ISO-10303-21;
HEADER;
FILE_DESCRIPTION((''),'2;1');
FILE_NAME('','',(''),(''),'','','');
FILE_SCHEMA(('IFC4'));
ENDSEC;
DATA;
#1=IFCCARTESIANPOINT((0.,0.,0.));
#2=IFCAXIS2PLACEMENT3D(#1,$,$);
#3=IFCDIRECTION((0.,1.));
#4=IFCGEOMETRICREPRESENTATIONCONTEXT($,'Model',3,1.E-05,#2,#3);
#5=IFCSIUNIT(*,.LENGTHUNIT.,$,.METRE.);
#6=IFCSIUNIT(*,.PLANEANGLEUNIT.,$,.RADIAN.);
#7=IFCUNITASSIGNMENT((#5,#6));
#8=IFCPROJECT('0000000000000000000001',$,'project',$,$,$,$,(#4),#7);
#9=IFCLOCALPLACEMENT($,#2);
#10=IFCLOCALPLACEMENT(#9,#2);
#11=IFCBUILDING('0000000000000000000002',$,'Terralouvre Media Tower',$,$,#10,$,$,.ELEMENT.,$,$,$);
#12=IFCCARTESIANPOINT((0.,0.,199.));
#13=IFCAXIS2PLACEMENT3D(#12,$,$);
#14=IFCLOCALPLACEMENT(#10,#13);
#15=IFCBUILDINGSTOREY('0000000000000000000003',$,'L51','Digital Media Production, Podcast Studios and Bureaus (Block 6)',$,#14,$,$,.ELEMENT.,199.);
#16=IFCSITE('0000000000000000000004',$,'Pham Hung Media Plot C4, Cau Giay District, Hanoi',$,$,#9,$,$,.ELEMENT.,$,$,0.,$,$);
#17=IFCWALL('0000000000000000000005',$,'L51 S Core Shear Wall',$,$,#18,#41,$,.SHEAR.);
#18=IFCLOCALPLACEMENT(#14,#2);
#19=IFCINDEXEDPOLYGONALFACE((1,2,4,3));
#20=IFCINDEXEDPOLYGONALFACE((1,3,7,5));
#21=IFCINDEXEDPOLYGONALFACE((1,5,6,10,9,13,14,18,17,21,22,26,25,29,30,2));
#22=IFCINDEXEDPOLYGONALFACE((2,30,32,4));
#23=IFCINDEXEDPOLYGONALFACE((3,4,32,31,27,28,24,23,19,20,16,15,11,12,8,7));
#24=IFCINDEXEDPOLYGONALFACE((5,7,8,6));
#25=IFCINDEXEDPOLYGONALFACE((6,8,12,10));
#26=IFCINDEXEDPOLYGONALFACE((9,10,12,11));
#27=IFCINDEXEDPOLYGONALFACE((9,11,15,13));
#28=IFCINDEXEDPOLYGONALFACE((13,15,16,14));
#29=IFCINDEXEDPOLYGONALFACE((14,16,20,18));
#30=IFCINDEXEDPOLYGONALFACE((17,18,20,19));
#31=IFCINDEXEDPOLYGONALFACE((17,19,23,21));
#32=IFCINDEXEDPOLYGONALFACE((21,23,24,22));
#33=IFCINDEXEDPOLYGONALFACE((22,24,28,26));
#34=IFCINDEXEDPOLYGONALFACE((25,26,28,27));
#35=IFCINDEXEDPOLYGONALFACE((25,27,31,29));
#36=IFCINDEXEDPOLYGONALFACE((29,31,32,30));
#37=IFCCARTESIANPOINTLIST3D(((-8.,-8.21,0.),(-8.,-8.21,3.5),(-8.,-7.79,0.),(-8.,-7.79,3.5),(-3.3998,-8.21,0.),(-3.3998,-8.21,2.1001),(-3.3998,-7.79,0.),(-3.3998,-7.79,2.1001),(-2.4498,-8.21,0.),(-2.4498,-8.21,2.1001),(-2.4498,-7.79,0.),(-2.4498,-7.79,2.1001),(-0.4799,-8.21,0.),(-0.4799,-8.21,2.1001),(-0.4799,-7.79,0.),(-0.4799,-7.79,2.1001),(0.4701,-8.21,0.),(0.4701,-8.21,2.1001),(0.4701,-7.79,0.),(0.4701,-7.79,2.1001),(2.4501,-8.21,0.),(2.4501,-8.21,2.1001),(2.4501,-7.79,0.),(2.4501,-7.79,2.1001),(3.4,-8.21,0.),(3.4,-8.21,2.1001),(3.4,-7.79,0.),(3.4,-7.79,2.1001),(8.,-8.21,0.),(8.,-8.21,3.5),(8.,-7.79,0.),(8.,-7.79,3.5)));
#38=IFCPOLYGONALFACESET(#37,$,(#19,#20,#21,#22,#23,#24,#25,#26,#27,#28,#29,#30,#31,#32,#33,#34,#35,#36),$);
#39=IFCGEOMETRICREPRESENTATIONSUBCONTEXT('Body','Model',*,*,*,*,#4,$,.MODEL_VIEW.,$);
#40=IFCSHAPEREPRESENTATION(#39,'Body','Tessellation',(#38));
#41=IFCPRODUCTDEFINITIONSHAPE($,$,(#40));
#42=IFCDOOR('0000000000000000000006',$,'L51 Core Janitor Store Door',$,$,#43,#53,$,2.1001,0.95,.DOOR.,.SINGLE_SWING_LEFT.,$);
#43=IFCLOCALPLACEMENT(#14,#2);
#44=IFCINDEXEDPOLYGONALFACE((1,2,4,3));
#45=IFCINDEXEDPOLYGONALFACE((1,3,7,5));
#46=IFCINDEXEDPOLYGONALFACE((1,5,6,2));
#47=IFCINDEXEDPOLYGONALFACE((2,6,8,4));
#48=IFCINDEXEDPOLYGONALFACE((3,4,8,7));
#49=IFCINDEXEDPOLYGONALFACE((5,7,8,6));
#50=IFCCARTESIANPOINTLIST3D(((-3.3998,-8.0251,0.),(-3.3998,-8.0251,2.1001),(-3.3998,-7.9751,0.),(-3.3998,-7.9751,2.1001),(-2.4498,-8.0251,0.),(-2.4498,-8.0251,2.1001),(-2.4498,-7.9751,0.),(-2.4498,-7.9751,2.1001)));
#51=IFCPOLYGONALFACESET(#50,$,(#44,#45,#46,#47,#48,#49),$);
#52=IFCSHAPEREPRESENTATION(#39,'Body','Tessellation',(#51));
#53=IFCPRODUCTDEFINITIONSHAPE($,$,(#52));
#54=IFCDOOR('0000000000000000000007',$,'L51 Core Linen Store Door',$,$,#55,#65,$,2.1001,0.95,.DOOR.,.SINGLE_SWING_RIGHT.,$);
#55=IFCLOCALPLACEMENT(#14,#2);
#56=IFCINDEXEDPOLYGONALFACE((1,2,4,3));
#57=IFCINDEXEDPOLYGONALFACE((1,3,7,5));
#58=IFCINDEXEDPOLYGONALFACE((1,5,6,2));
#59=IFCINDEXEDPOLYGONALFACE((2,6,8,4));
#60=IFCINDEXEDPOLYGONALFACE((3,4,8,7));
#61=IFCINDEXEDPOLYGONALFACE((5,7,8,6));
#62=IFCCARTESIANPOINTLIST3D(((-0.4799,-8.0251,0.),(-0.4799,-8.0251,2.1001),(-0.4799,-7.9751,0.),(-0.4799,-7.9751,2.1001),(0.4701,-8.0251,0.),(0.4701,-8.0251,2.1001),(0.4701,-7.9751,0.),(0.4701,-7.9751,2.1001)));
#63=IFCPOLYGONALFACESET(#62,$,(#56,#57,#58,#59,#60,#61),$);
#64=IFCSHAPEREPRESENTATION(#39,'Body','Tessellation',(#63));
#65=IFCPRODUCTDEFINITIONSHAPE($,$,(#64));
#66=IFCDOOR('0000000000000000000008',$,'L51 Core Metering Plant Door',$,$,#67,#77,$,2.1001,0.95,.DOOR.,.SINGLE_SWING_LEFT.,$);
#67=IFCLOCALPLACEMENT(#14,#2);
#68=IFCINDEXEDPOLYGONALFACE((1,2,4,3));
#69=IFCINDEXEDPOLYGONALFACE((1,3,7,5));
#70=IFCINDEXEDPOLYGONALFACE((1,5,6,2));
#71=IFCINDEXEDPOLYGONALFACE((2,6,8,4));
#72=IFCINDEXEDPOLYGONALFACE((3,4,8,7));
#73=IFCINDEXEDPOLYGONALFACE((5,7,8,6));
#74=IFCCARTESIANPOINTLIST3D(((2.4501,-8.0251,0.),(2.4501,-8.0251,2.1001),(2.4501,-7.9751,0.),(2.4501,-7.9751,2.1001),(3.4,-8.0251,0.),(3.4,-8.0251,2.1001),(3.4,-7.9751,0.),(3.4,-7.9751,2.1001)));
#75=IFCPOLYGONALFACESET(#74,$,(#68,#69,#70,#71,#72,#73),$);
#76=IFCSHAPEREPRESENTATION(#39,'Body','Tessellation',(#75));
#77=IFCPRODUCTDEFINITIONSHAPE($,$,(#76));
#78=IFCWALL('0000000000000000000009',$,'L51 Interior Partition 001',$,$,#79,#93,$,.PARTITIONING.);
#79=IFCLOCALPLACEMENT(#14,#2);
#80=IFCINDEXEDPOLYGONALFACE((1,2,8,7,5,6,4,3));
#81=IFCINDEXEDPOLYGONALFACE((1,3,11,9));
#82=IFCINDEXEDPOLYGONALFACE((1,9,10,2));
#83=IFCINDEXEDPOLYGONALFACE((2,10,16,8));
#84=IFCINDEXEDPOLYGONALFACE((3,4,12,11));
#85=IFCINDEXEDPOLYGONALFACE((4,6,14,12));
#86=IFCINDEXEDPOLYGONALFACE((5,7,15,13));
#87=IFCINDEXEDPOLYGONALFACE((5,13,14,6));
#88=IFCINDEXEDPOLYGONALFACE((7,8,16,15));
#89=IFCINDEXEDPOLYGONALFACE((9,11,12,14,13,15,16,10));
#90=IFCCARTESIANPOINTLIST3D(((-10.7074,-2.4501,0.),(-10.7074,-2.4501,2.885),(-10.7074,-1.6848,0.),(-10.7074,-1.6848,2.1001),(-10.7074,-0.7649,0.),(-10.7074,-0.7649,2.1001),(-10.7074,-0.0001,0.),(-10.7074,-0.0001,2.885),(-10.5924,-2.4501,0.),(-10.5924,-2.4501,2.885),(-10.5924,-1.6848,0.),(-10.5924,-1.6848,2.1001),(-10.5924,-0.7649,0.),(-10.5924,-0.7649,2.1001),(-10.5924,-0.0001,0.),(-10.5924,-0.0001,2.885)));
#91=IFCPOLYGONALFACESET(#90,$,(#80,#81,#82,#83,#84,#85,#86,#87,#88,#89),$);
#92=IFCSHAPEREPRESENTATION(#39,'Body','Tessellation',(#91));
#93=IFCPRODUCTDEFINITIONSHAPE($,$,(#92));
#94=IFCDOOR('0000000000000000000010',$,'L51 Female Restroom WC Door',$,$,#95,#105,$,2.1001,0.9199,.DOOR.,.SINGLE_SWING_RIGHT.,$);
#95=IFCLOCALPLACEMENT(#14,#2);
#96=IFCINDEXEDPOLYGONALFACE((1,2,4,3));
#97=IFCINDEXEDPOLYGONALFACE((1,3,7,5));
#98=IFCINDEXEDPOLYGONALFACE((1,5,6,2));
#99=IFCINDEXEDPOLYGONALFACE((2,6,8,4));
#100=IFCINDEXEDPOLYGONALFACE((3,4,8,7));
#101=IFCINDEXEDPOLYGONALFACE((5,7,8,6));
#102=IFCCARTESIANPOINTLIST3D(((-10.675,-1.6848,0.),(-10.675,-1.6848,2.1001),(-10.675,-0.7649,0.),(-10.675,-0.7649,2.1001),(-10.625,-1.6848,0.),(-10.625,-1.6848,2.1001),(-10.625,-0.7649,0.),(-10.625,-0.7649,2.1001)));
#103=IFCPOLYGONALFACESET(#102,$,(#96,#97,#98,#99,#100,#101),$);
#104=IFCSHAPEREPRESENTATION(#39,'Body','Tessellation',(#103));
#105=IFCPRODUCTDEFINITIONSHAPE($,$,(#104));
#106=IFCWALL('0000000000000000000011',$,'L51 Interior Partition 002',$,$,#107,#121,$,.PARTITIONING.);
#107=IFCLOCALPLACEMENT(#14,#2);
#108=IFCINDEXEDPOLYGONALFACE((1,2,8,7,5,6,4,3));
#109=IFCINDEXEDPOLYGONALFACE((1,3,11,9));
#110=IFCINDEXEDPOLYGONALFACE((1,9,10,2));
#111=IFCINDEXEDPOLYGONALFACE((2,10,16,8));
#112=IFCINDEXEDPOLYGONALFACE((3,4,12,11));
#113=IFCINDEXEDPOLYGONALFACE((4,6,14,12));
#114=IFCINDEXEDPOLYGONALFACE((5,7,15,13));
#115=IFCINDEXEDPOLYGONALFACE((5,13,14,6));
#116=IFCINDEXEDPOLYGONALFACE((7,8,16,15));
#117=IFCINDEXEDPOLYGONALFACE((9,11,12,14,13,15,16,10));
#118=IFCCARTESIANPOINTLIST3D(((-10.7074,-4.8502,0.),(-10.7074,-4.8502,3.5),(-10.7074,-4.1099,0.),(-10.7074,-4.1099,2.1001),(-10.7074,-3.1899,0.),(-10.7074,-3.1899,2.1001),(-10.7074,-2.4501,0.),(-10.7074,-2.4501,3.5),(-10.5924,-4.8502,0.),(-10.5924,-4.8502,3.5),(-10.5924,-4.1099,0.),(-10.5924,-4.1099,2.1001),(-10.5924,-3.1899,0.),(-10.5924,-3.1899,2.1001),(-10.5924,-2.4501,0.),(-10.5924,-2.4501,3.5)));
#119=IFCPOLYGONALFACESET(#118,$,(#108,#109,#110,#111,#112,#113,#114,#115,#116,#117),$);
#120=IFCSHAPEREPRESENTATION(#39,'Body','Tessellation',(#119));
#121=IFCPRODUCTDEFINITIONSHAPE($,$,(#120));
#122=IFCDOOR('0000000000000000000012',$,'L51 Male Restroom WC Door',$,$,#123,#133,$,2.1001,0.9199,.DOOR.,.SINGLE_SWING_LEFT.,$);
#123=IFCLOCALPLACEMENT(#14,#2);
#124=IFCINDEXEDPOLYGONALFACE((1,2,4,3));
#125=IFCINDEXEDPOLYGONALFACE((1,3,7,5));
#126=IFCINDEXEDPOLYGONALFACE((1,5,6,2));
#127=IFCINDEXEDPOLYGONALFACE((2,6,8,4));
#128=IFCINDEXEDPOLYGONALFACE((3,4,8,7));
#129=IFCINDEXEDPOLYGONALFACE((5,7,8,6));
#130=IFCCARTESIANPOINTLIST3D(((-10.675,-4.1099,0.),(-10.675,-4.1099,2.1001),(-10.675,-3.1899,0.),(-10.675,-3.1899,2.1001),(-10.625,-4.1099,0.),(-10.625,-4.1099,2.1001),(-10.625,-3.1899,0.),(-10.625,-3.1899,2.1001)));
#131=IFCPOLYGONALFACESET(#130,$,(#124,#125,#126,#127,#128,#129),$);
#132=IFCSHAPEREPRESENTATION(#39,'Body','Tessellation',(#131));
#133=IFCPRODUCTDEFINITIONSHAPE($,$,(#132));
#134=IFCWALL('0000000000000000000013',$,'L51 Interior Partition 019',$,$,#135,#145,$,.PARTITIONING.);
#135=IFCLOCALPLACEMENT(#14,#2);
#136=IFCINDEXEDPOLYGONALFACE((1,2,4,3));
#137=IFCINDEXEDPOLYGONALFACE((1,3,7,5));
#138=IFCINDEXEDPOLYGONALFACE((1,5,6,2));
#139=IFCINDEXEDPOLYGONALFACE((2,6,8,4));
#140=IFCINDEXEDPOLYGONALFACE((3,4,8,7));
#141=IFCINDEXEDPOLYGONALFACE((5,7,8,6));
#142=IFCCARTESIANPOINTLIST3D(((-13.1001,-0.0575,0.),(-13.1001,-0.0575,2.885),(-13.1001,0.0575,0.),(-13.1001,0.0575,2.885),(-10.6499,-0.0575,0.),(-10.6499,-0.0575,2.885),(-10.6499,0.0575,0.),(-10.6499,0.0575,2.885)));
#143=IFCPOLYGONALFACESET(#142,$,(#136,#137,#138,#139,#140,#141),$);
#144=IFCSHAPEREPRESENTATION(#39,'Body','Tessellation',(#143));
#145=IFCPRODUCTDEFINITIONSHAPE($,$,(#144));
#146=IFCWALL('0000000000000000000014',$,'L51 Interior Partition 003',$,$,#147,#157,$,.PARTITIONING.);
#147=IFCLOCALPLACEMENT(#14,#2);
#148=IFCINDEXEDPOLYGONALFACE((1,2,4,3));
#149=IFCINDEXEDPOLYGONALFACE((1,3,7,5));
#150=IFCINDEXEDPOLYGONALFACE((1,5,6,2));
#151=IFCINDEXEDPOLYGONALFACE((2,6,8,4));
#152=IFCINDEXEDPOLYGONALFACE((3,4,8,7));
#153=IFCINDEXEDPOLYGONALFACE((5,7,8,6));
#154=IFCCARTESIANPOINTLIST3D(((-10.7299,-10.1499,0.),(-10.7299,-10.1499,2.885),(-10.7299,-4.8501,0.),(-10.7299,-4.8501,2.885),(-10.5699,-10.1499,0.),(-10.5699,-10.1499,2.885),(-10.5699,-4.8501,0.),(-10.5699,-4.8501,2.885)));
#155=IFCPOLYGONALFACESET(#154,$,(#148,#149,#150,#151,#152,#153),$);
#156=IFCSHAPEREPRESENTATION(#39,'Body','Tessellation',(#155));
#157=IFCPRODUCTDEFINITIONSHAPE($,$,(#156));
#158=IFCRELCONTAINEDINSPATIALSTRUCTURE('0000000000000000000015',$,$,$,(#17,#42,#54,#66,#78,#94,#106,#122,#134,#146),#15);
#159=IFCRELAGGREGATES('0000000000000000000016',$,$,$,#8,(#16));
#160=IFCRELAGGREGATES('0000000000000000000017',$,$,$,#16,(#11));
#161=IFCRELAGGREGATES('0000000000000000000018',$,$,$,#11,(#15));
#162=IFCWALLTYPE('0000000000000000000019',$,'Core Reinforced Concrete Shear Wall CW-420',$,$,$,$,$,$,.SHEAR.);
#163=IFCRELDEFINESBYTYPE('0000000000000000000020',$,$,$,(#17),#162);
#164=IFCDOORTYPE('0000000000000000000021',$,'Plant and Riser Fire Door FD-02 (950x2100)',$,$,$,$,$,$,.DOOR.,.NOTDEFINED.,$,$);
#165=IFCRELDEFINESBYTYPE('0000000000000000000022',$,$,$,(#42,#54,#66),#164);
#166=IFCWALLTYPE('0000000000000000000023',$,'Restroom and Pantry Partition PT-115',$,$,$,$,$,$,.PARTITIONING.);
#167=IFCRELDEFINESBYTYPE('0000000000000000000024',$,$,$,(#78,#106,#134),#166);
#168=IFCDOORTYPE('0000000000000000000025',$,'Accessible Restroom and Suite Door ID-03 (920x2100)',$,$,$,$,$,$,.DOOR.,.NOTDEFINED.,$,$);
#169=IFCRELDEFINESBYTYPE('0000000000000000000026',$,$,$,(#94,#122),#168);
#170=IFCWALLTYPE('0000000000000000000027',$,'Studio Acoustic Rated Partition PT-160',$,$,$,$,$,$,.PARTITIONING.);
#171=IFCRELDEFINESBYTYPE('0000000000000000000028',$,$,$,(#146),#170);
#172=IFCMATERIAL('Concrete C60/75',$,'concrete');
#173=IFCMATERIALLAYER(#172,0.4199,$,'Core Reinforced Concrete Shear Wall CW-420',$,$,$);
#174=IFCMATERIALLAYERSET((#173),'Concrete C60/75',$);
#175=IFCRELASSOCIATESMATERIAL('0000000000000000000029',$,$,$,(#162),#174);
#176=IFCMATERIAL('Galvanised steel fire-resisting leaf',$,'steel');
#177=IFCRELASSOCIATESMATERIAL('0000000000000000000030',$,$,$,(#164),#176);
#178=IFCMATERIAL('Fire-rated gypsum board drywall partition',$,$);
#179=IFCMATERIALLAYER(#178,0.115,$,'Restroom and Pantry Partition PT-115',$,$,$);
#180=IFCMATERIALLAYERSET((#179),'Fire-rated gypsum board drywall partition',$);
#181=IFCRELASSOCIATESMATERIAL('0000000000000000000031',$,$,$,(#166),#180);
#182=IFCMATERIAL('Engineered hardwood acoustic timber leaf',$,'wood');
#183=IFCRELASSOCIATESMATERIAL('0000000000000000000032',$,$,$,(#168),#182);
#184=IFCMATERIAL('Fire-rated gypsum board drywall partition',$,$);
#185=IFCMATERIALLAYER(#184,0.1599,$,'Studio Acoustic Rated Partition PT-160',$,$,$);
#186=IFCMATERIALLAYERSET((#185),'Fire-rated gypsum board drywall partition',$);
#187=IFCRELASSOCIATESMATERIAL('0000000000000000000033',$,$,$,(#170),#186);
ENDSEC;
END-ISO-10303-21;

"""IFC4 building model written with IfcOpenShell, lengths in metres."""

from ifc_helpers import new_model, si_unit, direction, frame, frame_2d, origin, place, context, subcontext, project, spatial, rectangle, extrude, material, layer, layer_set, type_object, element, fill, save


model = new_model("IFC4")

# Units and contexts
model_context = context("Model", 3, precision=1e-05, world=origin(), true_north=direction((0.0, 1.0)))
body_context = subcontext(model_context, "Body", "Model", "MODEL_VIEW")
ifc_project = project(units=[si_unit("LENGTHUNIT", "METRE"), si_unit("PLANEANGLEUNIT", "RADIAN")], contexts=[model_context])

# Site, building, storey
site_placement = place(None, origin())
site = spatial("IfcSite", under=ifc_project, at=site_placement, Name="Pham Hung Media Plot C4, Cau Giay District, Hanoi", CompositionType="ELEMENT", RefElevation=0.0)
building_placement = place(site_placement, origin())
building = spatial("IfcBuilding", under=site, at=building_placement, Name="Terralouvre Media Tower", CompositionType="ELEMENT")
storey_placement = place(building_placement, frame((0.0, 0.0, 199.0)))
storey = spatial("IfcBuildingStorey", under=building, at=storey_placement, Name="L51", Description="Digital Media Production, Podcast Studios and Bureaus (Block 6)", CompositionType="ELEMENT", Elevation=199.0)

# Wall, openings, doors
ifc_material_1 = material(Name="Concrete C60/75", Category="concrete")
ifc_layer_1 = layer(ifc_material_1, 0.4199, Name="Core Reinforced Concrete Shear Wall CW-420")
ifc_layer_set_1 = layer_set([ifc_layer_1], Name="Concrete C60/75")
wall_type_1 = type_object("IfcWallType", Name="Core Reinforced Concrete Shear Wall CW-420", PredefinedType="SHEAR", material=ifc_layer_set_1)
wall_1_placement = place(storey_placement, frame((-8.0, -8.0, 0.0), z_axis=(0.0, 0.0, 1.0), x_axis=(1.0, 0.0, 0.0)))
wall_1 = element("IfcWall", 1, at=wall_1_placement, inside=storey, type_object=wall_type_1, Name="L51 S Core Shear Wall", PredefinedType="SHEAR", context=body_context, shape_type="SweptSolid", body=[
    extrude(rectangle(XDim=16.0, YDim=0.4199, at=frame_2d((8.0, 0.0))), origin(), (0.0, 0.0, 1.0), 3.5),
])
opening_1_placement = place(wall_1_placement, frame((4.6001, 0.0, 0.0)))
opening_1 = element("IfcOpeningElement", 2, at=opening_1_placement, cuts=wall_1, PredefinedType="OPENING", context=body_context, shape_type="SweptSolid", body=[
    extrude(rectangle(XDim=0.95, YDim=2.1001, at=frame_2d((0.4751, 1.05))), frame((0.0, 0.22, 0.0), z_axis=(0.0, -1.0, 0.0), x_axis=(1.0, 0.0, 0.0)), (0.0, 0.0, 1.0), 0.4399),
])
opening_2_placement = place(wall_1_placement, frame((7.52, 0.0, 0.0)))
opening_2 = element("IfcOpeningElement", 3, at=opening_2_placement, cuts=wall_1, PredefinedType="OPENING", context=body_context, shape_type="SweptSolid", body=[
    extrude(rectangle(XDim=0.95, YDim=2.1001, at=frame_2d((0.4751, 1.05))), frame((0.0, 0.22, 0.0), z_axis=(0.0, -1.0, 0.0), x_axis=(1.0, 0.0, 0.0)), (0.0, 0.0, 1.0), 0.4399),
])
opening_3_placement = place(wall_1_placement, frame((10.45, 0.0, 0.0)))
opening_3 = element("IfcOpeningElement", 4, at=opening_3_placement, cuts=wall_1, PredefinedType="OPENING", context=body_context, shape_type="SweptSolid", body=[
    extrude(rectangle(XDim=0.95, YDim=2.1001, at=frame_2d((0.4751, 1.05))), frame((0.0, 0.22, 0.0), z_axis=(0.0, -1.0, 0.0), x_axis=(1.0, 0.0, 0.0)), (0.0, 0.0, 1.0), 0.4399),
])
ifc_material_2 = material(Name="Galvanised steel fire-resisting leaf", Category="steel")
door_type_1 = type_object("IfcDoorType", Name="Plant and Riser Fire Door FD-02 (950x2100)", OperationType="NOTDEFINED", PredefinedType="DOOR", material=ifc_material_2)
door_1_placement = place(opening_1_placement, origin())
door_1 = element("IfcDoor", 5, at=door_1_placement, inside=storey, type_object=door_type_1, Name="L51 Core Janitor Store Door", OperationType="SINGLE_SWING_LEFT", OverallHeight=2.1001, OverallWidth=0.95, PredefinedType="DOOR", context=body_context, shape_type="SweptSolid", body=[
    extrude(rectangle(XDim=0.95, YDim=2.1001, at=frame_2d((0.4751, 1.05))), frame((0.0, 0.0249, 0.0), z_axis=(0.0, -1.0, 0.0), x_axis=(1.0, 0.0, 0.0)), (0.0, 0.0, 1.0), 0.05),
])
fill(opening_1, door_1)
door_2_placement = place(opening_2_placement, origin())
door_2 = element("IfcDoor", 6, at=door_2_placement, inside=storey, type_object=door_type_1, Name="L51 Core Linen Store Door", OperationType="SINGLE_SWING_RIGHT", OverallHeight=2.1001, OverallWidth=0.95, PredefinedType="DOOR", context=body_context, shape_type="SweptSolid", body=[
    extrude(rectangle(XDim=0.95, YDim=2.1001, at=frame_2d((0.4751, 1.05))), frame((0.0, 0.0249, 0.0), z_axis=(0.0, -1.0, 0.0), x_axis=(1.0, 0.0, 0.0)), (0.0, 0.0, 1.0), 0.05),
])
fill(opening_2, door_2)
door_3_placement = place(opening_3_placement, origin())
door_3 = element("IfcDoor", 7, at=door_3_placement, inside=storey, type_object=door_type_1, Name="L51 Core Metering Plant Door", OperationType="SINGLE_SWING_LEFT", OverallHeight=2.1001, OverallWidth=0.95, PredefinedType="DOOR", context=body_context, shape_type="SweptSolid", body=[
    extrude(rectangle(XDim=0.95, YDim=2.1001, at=frame_2d((0.4751, 1.05))), frame((0.0, 0.0249, 0.0), z_axis=(0.0, -1.0, 0.0), x_axis=(1.0, 0.0, 0.0)), (0.0, 0.0, 1.0), 0.05),
])
fill(opening_3, door_3)

# Walls, openings, doors
ifc_material_3 = material(Name="Fire-rated gypsum board drywall partition")
ifc_layer_2 = layer(ifc_material_3, 0.115, Name="Restroom and Pantry Partition PT-115")
ifc_layer_set_2 = layer_set([ifc_layer_2], Name="Fire-rated gypsum board drywall partition")
wall_type_2 = type_object("IfcWallType", Name="Restroom and Pantry Partition PT-115", PredefinedType="PARTITIONING", material=ifc_layer_set_2)
wall_2_placement = place(storey_placement, frame((-10.6499, 0.0, 0.0), z_axis=(0.0, 0.0, 1.0), x_axis=(0.0, -1.0, 0.0)))
wall_2 = element("IfcWall", 8, at=wall_2_placement, inside=storey, type_object=wall_type_2, Name="L51 Interior Partition 001", PredefinedType="PARTITIONING", context=body_context, shape_type="SweptSolid", body=[
    extrude(rectangle(XDim=2.45, YDim=0.115, at=frame_2d((1.2251, 0.0))), origin(), (0.0, 0.0, 1.0), 2.885),
])
opening_4_placement = place(wall_2_placement, frame((0.7649, 0.0, 0.0)))
opening_4 = element("IfcOpeningElement", 9, at=opening_4_placement, cuts=wall_2, PredefinedType="OPENING", context=body_context, shape_type="SweptSolid", body=[
    extrude(rectangle(XDim=0.9199, YDim=2.1001, at=frame_2d((0.46, 1.05))), frame((0.0, 0.0674, 0.0), z_axis=(0.0, -1.0, 0.0), x_axis=(1.0, 0.0, 0.0)), (0.0, 0.0, 1.0), 0.135),
])
ifc_material_4 = material(Name="Engineered hardwood acoustic timber leaf", Category="wood")
door_type_2 = type_object("IfcDoorType", Name="Accessible Restroom and Suite Door ID-03 (920x2100)", OperationType="NOTDEFINED", PredefinedType="DOOR", material=ifc_material_4)
door_4_placement = place(opening_4_placement, origin())
door_4 = element("IfcDoor", 10, at=door_4_placement, inside=storey, type_object=door_type_2, Name="L51 Female Restroom WC Door", OperationType="SINGLE_SWING_RIGHT", OverallHeight=2.1001, OverallWidth=0.9199, PredefinedType="DOOR", context=body_context, shape_type="SweptSolid", body=[
    extrude(rectangle(XDim=0.9199, YDim=2.1001, at=frame_2d((0.46, 1.05))), frame((0.0, 0.0249, 0.0), z_axis=(0.0, -1.0, 0.0), x_axis=(1.0, 0.0, 0.0)), (0.0, 0.0, 1.0), 0.05),
])
fill(opening_4, door_4)
wall_3_placement = place(storey_placement, frame((-10.6499, -2.45, 0.0), z_axis=(0.0, 0.0, 1.0), x_axis=(0.0, -1.0, 0.0)))
wall_3 = element("IfcWall", 11, at=wall_3_placement, inside=storey, type_object=wall_type_2, Name="L51 Interior Partition 002", PredefinedType="PARTITIONING", context=body_context, shape_type="SweptSolid", body=[
    extrude(rectangle(XDim=2.4001, YDim=0.115, at=frame_2d((1.2002, 0.0))), origin(), (0.0, 0.0, 1.0), 3.5),
])
opening_5_placement = place(wall_3_placement, frame((0.74, 0.0, 0.0)))
opening_5 = element("IfcOpeningElement", 12, at=opening_5_placement, cuts=wall_3, PredefinedType="OPENING", context=body_context, shape_type="SweptSolid", body=[
    extrude(rectangle(XDim=0.9199, YDim=2.1001, at=frame_2d((0.46, 1.05))), frame((0.0, 0.0674, 0.0), z_axis=(0.0, -1.0, 0.0), x_axis=(1.0, 0.0, 0.0)), (0.0, 0.0, 1.0), 0.135),
])
door_5_placement = place(opening_5_placement, origin())
door_5 = element("IfcDoor", 13, at=door_5_placement, inside=storey, type_object=door_type_2, Name="L51 Male Restroom WC Door", OperationType="SINGLE_SWING_LEFT", OverallHeight=2.1001, OverallWidth=0.9199, PredefinedType="DOOR", context=body_context, shape_type="SweptSolid", body=[
    extrude(rectangle(XDim=0.9199, YDim=2.1001, at=frame_2d((0.46, 1.05))), frame((0.0, 0.0249, 0.0), z_axis=(0.0, -1.0, 0.0), x_axis=(1.0, 0.0, 0.0)), (0.0, 0.0, 1.0), 0.05),
])
fill(opening_5, door_5)

# Walls
wall_4_placement = place(storey_placement, frame((-10.6499, 0.0, 0.0), z_axis=(0.0, 0.0, 1.0), x_axis=(-1.0, 0.0, 0.0)))
element("IfcWall", 14, at=wall_4_placement, inside=storey, type_object=wall_type_2, Name="L51 Interior Partition 019", PredefinedType="PARTITIONING", context=body_context, shape_type="SweptSolid", body=[
    extrude(rectangle(XDim=2.4502, YDim=0.115, at=frame_2d((1.2251, 0.0))), origin(), (0.0, 0.0, 1.0), 2.885),
])
ifc_material_5 = material(Name="Fire-rated gypsum board drywall partition")
ifc_layer_3 = layer(ifc_material_5, 0.1599, Name="Studio Acoustic Rated Partition PT-160")
ifc_layer_set_3 = layer_set([ifc_layer_3], Name="Fire-rated gypsum board drywall partition")
wall_type_3 = type_object("IfcWallType", Name="Studio Acoustic Rated Partition PT-160", PredefinedType="PARTITIONING", material=ifc_layer_set_3)
wall_5_placement = place(storey_placement, frame((-10.6499, -4.8501, 0.0), z_axis=(0.0, 0.0, 1.0), x_axis=(0.0, -1.0, 0.0)))
element("IfcWall", 15, at=wall_5_placement, inside=storey, type_object=wall_type_3, Name="L51 Interior Partition 003", PredefinedType="PARTITIONING", context=body_context, shape_type="SweptSolid", body=[
    extrude(rectangle(XDim=5.2998, YDim=0.1599, at=frame_2d((2.6499, 0.0))), origin(), (0.0, 0.0, 1.0), 2.885),
])

save(model, "model.ifc")
